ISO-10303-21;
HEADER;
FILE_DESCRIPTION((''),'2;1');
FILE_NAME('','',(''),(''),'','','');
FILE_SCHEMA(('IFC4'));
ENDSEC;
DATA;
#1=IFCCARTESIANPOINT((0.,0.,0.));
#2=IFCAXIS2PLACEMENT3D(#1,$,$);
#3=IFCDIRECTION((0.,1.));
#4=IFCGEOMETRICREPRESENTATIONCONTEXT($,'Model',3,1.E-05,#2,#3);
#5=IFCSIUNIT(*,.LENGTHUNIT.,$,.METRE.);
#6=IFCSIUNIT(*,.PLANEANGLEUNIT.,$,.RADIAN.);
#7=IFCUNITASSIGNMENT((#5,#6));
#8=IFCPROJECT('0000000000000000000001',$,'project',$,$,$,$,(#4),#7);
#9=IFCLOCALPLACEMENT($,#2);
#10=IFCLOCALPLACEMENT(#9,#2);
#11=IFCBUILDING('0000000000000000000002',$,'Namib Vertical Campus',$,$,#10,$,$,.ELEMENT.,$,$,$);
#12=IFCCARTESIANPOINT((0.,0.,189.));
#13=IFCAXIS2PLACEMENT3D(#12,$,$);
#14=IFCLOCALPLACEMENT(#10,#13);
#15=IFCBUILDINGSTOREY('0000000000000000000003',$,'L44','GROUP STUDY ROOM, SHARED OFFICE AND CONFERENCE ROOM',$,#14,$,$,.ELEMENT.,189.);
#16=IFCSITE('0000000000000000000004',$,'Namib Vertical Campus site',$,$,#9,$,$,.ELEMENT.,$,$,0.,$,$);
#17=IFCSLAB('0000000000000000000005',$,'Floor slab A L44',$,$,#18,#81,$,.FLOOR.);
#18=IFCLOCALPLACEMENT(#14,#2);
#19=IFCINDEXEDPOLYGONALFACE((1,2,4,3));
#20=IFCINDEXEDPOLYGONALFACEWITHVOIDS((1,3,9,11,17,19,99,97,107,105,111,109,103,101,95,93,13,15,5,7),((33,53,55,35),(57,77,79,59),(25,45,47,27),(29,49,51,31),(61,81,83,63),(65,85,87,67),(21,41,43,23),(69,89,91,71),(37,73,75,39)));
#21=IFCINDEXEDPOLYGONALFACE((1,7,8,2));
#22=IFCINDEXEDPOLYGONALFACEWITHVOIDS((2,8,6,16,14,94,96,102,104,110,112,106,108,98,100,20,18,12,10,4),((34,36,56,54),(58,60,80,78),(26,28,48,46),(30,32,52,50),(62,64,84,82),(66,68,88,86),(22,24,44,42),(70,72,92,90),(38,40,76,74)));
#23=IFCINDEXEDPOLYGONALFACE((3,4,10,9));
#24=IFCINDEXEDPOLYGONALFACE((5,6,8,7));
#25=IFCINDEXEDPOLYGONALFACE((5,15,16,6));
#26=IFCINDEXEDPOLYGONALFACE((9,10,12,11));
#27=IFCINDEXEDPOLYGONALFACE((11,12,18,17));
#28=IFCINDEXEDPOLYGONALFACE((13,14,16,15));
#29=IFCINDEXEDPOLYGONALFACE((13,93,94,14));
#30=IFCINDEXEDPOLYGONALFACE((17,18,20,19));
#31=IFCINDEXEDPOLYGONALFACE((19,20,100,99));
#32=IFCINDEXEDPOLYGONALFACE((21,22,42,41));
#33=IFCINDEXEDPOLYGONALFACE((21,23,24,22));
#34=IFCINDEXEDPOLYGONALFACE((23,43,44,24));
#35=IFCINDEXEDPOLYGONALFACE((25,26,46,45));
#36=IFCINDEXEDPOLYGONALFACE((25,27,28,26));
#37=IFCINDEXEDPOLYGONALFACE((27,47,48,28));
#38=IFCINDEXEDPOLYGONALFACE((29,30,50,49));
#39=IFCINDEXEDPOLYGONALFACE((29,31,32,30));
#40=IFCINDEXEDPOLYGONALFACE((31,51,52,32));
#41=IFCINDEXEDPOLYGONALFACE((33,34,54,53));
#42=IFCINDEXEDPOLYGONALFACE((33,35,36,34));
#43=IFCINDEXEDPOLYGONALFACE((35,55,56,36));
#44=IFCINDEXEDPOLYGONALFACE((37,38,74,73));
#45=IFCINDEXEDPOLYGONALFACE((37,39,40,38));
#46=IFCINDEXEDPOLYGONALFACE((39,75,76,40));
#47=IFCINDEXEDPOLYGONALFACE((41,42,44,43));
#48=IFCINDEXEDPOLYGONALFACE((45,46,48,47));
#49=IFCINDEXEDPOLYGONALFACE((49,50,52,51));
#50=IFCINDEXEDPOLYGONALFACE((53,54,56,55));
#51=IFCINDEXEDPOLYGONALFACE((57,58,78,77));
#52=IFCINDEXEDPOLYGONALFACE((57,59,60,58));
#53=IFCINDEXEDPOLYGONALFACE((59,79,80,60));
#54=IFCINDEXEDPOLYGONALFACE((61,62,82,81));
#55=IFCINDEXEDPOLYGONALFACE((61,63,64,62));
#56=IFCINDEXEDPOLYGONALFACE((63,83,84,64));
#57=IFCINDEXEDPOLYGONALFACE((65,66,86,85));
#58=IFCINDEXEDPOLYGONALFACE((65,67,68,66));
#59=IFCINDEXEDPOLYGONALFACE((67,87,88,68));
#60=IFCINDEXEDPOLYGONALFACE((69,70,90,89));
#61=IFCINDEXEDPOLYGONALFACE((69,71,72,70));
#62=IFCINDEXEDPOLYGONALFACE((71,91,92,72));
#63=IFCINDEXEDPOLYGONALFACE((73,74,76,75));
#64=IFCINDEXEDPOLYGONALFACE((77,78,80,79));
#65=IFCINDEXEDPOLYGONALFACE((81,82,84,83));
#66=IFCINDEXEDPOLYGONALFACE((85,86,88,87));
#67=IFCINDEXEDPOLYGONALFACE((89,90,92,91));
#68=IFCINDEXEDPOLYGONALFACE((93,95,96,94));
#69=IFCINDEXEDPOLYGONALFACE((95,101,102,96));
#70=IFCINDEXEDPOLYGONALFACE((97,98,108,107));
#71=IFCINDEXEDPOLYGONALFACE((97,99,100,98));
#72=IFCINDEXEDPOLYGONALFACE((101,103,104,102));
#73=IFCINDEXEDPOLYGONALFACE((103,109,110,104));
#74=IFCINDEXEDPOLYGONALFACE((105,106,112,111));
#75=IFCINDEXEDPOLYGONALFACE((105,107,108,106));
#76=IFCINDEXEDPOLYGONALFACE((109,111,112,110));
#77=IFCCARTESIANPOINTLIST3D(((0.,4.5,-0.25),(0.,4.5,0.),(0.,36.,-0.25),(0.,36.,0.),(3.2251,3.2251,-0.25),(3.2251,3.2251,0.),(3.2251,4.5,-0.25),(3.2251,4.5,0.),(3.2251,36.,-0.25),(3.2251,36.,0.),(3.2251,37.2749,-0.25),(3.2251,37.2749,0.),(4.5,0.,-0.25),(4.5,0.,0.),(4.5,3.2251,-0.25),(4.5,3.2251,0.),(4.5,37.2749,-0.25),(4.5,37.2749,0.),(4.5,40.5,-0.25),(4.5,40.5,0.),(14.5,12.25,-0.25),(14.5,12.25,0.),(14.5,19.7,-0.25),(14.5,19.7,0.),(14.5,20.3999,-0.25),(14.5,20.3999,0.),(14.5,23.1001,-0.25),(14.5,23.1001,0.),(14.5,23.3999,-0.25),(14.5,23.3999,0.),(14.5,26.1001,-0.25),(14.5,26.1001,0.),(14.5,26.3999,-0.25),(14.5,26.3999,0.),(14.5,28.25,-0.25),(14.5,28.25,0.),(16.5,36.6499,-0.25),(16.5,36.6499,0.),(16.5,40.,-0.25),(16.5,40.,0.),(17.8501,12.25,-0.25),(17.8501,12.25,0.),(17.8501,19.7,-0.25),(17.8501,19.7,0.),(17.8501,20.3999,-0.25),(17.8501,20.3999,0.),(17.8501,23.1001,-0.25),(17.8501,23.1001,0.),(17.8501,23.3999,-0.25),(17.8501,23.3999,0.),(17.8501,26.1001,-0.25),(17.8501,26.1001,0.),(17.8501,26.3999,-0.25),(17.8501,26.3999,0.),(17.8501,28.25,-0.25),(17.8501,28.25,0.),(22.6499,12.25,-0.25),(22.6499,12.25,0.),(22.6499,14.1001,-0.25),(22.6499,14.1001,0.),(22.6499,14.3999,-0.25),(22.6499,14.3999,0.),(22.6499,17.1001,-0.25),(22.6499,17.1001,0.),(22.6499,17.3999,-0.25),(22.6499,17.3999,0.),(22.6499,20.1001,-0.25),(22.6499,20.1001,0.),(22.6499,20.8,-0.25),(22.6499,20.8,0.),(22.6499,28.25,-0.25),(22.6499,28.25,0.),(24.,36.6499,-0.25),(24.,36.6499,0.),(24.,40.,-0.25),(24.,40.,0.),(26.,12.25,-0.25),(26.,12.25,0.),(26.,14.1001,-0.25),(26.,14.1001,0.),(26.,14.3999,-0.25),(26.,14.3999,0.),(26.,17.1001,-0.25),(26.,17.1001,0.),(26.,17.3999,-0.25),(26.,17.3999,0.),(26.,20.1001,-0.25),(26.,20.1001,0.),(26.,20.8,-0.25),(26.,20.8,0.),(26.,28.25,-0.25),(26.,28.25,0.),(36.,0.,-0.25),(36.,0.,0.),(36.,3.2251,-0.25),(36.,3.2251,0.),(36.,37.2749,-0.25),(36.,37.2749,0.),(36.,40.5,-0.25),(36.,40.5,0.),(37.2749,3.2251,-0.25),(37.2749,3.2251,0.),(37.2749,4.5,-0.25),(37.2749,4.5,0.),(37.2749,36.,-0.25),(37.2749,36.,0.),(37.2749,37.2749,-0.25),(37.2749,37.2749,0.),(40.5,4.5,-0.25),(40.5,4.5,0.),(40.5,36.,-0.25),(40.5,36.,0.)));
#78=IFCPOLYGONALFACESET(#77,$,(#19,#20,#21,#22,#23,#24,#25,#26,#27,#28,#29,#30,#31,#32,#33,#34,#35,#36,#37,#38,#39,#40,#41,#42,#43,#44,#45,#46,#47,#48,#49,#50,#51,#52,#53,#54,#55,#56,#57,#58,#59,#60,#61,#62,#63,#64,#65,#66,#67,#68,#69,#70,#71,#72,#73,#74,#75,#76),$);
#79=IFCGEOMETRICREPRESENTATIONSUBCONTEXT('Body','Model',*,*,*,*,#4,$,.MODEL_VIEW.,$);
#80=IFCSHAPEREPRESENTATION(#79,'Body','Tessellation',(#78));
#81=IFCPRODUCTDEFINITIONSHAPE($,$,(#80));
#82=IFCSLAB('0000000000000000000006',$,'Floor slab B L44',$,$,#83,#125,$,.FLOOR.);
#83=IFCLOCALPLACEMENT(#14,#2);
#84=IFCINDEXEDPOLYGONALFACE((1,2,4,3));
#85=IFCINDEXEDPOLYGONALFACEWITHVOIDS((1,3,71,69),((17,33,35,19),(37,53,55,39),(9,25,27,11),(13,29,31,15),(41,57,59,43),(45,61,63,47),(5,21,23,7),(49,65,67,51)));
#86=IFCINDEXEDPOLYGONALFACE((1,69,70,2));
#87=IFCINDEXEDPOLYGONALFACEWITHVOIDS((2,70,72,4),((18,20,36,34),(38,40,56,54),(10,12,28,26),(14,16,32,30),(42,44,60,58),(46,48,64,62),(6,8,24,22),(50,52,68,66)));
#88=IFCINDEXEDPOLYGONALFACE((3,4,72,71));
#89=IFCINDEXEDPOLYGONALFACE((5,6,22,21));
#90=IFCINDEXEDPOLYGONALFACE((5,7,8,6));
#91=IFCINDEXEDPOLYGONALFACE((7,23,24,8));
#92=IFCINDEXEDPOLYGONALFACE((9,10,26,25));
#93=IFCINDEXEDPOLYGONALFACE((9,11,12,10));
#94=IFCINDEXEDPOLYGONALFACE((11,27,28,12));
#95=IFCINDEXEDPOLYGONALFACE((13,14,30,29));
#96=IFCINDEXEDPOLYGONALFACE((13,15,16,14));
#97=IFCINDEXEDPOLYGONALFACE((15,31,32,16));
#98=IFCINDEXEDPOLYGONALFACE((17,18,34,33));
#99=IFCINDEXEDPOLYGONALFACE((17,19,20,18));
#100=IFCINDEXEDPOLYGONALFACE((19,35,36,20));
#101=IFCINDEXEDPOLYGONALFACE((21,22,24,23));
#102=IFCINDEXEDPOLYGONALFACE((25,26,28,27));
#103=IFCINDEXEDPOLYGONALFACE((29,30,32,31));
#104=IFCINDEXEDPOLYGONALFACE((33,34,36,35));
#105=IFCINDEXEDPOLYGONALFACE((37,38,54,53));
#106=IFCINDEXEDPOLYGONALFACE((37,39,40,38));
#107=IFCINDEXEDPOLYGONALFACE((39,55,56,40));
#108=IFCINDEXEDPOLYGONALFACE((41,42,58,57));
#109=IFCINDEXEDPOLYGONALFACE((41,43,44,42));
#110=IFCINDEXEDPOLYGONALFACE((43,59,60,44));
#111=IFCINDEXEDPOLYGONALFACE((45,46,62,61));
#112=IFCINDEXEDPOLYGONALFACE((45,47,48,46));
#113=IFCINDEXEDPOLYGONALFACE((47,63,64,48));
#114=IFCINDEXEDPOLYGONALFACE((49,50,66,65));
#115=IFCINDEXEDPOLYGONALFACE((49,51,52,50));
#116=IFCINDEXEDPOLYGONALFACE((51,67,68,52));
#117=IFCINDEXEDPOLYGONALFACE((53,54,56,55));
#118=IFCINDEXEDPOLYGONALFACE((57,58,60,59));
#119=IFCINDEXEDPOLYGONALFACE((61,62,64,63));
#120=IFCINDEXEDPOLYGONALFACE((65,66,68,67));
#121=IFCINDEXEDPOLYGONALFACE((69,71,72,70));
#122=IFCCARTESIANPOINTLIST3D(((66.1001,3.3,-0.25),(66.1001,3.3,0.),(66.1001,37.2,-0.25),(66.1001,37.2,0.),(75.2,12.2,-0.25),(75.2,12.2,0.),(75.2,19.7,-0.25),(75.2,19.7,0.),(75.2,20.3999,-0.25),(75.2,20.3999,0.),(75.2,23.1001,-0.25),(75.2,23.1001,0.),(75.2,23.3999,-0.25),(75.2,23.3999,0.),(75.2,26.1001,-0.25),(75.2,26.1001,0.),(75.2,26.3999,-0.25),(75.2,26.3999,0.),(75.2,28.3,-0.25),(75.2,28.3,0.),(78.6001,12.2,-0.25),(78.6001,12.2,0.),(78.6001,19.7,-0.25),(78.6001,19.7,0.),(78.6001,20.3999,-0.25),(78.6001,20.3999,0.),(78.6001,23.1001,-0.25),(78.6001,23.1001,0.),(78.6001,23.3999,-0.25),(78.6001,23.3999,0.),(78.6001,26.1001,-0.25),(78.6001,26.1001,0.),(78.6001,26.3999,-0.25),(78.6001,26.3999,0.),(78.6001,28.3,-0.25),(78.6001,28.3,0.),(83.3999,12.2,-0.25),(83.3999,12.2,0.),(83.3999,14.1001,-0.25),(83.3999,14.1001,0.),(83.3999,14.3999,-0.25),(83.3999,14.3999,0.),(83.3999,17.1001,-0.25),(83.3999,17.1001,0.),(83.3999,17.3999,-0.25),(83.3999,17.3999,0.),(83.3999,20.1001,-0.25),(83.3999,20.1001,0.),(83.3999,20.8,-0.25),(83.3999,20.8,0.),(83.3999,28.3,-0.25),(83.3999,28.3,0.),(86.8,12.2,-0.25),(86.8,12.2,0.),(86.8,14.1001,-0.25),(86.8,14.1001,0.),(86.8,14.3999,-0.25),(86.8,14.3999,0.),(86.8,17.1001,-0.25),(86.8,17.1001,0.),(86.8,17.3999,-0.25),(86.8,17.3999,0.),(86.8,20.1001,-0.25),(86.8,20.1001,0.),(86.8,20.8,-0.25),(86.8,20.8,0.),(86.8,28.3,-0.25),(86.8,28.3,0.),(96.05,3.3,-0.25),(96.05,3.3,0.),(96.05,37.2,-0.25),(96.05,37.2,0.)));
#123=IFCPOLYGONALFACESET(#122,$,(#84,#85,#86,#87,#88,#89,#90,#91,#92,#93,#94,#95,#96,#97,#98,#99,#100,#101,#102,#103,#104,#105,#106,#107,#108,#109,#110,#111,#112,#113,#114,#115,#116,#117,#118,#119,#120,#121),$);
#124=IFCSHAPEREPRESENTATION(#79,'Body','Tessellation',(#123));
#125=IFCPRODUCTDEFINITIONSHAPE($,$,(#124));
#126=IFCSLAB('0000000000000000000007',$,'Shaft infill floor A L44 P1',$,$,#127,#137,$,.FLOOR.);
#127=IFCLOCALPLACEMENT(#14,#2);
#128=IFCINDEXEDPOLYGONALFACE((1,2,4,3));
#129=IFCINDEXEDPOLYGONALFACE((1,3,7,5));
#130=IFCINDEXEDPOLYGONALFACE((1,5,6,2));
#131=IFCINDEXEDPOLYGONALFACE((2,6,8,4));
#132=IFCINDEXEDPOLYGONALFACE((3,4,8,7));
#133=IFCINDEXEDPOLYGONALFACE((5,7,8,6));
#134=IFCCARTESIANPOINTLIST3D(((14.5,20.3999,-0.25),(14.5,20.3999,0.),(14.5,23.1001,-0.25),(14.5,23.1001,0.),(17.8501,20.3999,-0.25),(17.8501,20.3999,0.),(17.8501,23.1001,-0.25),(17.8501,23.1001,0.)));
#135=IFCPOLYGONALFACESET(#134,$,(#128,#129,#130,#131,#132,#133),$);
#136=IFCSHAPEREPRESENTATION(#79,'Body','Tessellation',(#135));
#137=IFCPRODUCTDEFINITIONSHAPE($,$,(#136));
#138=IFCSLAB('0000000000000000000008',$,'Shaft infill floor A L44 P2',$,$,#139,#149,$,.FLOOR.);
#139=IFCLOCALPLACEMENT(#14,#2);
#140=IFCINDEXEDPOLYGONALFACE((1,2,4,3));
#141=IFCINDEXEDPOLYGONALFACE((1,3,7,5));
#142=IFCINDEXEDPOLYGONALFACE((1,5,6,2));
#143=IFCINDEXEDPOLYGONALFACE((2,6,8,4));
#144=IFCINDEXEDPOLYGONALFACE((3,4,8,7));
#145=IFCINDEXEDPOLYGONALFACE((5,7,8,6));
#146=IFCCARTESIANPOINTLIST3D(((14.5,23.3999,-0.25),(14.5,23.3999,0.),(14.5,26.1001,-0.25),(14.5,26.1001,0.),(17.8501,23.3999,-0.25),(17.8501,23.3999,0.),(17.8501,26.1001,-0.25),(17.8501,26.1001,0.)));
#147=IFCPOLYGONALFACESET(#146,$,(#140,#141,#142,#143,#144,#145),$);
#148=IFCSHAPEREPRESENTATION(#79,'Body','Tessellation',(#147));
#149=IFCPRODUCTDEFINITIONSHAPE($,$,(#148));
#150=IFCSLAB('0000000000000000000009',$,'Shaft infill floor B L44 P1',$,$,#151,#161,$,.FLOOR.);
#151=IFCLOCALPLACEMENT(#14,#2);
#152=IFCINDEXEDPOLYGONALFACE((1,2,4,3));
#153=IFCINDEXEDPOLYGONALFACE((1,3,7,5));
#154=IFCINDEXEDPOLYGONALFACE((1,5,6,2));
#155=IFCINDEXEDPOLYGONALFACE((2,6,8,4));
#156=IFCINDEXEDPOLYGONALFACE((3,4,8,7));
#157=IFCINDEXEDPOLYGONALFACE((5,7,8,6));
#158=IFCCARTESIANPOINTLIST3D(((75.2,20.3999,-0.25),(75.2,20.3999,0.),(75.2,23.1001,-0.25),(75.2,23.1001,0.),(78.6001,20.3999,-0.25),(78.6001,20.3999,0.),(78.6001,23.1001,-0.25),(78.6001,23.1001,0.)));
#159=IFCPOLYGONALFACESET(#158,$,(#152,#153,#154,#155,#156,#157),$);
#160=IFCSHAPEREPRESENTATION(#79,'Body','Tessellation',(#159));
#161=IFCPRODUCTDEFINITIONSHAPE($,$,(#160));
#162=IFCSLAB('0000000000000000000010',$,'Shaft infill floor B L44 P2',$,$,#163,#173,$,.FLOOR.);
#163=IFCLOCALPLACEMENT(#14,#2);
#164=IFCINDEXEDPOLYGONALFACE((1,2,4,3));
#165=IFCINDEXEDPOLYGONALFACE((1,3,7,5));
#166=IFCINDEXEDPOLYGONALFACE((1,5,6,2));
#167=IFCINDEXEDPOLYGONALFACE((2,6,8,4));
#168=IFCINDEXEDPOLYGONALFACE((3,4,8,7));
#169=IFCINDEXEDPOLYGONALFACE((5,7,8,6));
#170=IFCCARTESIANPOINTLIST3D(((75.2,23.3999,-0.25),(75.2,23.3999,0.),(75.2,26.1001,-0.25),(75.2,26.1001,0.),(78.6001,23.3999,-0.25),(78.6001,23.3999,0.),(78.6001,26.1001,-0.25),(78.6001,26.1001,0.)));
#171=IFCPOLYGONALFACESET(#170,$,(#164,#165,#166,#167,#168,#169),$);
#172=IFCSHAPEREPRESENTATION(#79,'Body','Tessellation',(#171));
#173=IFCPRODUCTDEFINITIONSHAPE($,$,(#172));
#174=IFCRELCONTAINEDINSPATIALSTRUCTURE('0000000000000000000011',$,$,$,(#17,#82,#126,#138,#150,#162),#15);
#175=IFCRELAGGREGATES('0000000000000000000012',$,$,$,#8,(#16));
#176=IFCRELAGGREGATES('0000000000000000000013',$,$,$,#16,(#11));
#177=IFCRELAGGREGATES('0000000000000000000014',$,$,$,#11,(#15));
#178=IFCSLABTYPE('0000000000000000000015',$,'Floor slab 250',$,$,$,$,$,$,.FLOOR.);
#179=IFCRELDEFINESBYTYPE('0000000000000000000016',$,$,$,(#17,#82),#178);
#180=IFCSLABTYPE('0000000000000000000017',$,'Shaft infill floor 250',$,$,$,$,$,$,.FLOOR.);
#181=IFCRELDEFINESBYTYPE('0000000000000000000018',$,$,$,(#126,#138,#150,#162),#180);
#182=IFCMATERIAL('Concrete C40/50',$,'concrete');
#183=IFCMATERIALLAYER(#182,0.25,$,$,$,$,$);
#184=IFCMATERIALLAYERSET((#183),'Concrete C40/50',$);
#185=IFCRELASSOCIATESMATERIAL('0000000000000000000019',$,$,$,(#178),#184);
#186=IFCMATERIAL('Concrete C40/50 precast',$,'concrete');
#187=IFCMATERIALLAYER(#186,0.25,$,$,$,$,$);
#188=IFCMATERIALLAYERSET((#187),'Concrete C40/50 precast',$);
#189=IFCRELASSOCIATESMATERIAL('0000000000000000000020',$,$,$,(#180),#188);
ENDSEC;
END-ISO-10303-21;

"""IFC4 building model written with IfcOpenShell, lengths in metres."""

from ifc_helpers import new_model, si_unit, direction, frame, origin, place, context, subcontext, project, spatial, polyline, outline, extrude, material, layer, layer_set, type_object, element, save


model = new_model("IFC4")

# Units and contexts
model_context = context("Model", 3, precision=1e-05, world=origin(), true_north=direction((0.0, 1.0)))
body_context = subcontext(model_context, "Body", "Model", "MODEL_VIEW")
ifc_project = project(units=[si_unit("LENGTHUNIT", "METRE"), si_unit("PLANEANGLEUNIT", "RADIAN")], contexts=[model_context])

# Site, building, storey
site_placement = place(None, origin())
site = spatial("IfcSite", under=ifc_project, at=site_placement, Name="Namib Vertical Campus site", CompositionType="ELEMENT", RefElevation=0.0)
building_placement = place(site_placement, origin())
building = spatial("IfcBuilding", under=site, at=building_placement, Name="Namib Vertical Campus", CompositionType="ELEMENT")
storey_placement = place(building_placement, frame((0.0, 0.0, 189.0)))
storey = spatial("IfcBuildingStorey", under=building, at=storey_placement, Name="L44", Description="GROUP STUDY ROOM, SHARED OFFICE AND CONFERENCE ROOM", CompositionType="ELEMENT", Elevation=189.0)

# Slabs
ifc_material_1 = material(Name="Concrete C40/50", Category="concrete")
ifc_layer_1 = layer(ifc_material_1, 0.25)
ifc_layer_set_1 = layer_set([ifc_layer_1], Name="Concrete C40/50")
slab_type_1 = type_object("IfcSlabType", Name="Floor slab 250", PredefinedType="FLOOR", material=ifc_layer_set_1)
slab_1_placement = place(storey_placement, frame((0.0, 0.0, -0.25)))
element("IfcSlab", 1, at=slab_1_placement, inside=storey, type_object=slab_type_1, Name="Floor slab A L44", PredefinedType="FLOOR", context=body_context, shape_type="SweptSolid", body=[
    extrude(outline(polyline([(4.5, 0.0), (36.0, 0.0), (36.0, 3.2251), (37.2749, 3.2251), (37.2749, 4.5), (40.5, 4.5), (40.5, 36.0), (37.2749, 36.0), (37.2749, 37.2749), (36.0, 37.2749), (36.0, 40.5), (4.5, 40.5), (4.5, 37.2749), (3.2251, 37.2749), (3.2251, 36.0), (0.0, 36.0), (0.0, 4.5), (3.2251, 4.5), (3.2251, 3.2251), (4.5, 3.2251), (4.5, 0.0)]), holes=[polyline([(14.5, 12.25), (17.8501, 12.25), (17.8501, 19.7), (14.5, 19.7), (14.5, 12.25)]), polyline([(22.6499, 20.8), (26.0, 20.8), (26.0, 28.25), (22.6499, 28.25), (22.6499, 20.8)]), polyline([(22.6499, 12.25), (26.0, 12.25), (26.0, 14.1001), (22.6499, 14.1001), (22.6499, 12.25)]), polyline([(14.5, 20.3999), (17.8501, 20.3999), (17.8501, 23.1001), (14.5, 23.1001), (14.5, 20.3999)]), polyline([(14.5, 23.3999), (17.8501, 23.3999), (17.8501, 26.1001), (14.5, 26.1001), (14.5, 23.3999)]), polyline([(14.5, 26.3999), (17.8501, 26.3999), (17.8501, 28.25), (14.5, 28.25), (14.5, 26.3999)]), polyline([(22.6499, 14.3999), (26.0, 14.3999), (26.0, 17.1001), (22.6499, 17.1001), (22.6499, 14.3999)]), polyline([(22.6499, 17.3999), (26.0, 17.3999), (26.0, 20.1001), (22.6499, 20.1001), (22.6499, 17.3999)]), polyline([(16.5, 36.6499), (24.0, 36.6499), (24.0, 40.0), (16.5, 40.0), (16.5, 36.6499)])]), origin(), (0.0, 0.0, 1.0), 0.25),
])
slab_2_placement = place(storey_placement, frame((0.0, 0.0, -0.25)))
element("IfcSlab", 2, at=slab_2_placement, inside=storey, type_object=slab_type_1, Name="Floor slab B L44", PredefinedType="FLOOR", context=body_context, shape_type="SweptSolid", body=[
    extrude(outline(polyline([(66.1001, 3.3), (96.05, 3.3), (96.05, 37.2), (66.1001, 37.2), (66.1001, 3.3)]), holes=[polyline([(75.2, 12.2), (78.6001, 12.2), (78.6001, 19.7), (75.2, 19.7), (75.2, 12.2)]), polyline([(83.3999, 20.8), (86.8, 20.8), (86.8, 28.3), (83.3999, 28.3), (83.3999, 20.8)]), polyline([(83.3999, 12.2), (86.8, 12.2), (86.8, 14.1001), (83.3999, 14.1001), (83.3999, 12.2)]), polyline([(75.2, 20.3999), (78.6001, 20.3999), (78.6001, 23.1001), (75.2, 23.1001), (75.2, 20.3999)]), polyline([(75.2, 23.3999), (78.6001, 23.3999), (78.6001, 26.1001), (75.2, 26.1001), (75.2, 23.3999)]), polyline([(75.2, 26.3999), (78.6001, 26.3999), (78.6001, 28.3), (75.2, 28.3), (75.2, 26.3999)]), polyline([(83.3999, 14.3999), (86.8, 14.3999), (86.8, 17.1001), (83.3999, 17.1001), (83.3999, 14.3999)]), polyline([(83.3999, 17.3999), (86.8, 17.3999), (86.8, 20.1001), (83.3999, 20.1001), (83.3999, 17.3999)])]), origin(), (0.0, 0.0, 1.0), 0.25),
])
ifc_material_2 = material(Name="Concrete C40/50 precast", Category="concrete")
ifc_layer_2 = layer(ifc_material_2, 0.25)
ifc_layer_set_2 = layer_set([ifc_layer_2], Name="Concrete C40/50 precast")
slab_type_2 = type_object("IfcSlabType", Name="Shaft infill floor 250", PredefinedType="FLOOR", material=ifc_layer_set_2)
slab_3_placement = place(storey_placement, frame((0.0, 0.0, -0.25)))
element("IfcSlab", 3, at=slab_3_placement, inside=storey, type_object=slab_type_2, Name="Shaft infill floor A L44 P1", PredefinedType="FLOOR", context=body_context, shape_type="SweptSolid", body=[
    extrude(outline(polyline([(14.5, 20.3999), (17.8501, 20.3999), (17.8501, 23.1001), (14.5, 23.1001), (14.5, 20.3999)])), origin(), (0.0, 0.0, 1.0), 0.25),
])
slab_4_placement = place(storey_placement, frame((0.0, 0.0, -0.25)))
element("IfcSlab", 4, at=slab_4_placement, inside=storey, type_object=slab_type_2, Name="Shaft infill floor A L44 P2", PredefinedType="FLOOR", context=body_context, shape_type="SweptSolid", body=[
    extrude(outline(polyline([(14.5, 23.3999), (17.8501, 23.3999), (17.8501, 26.1001), (14.5, 26.1001), (14.5, 23.3999)])), origin(), (0.0, 0.0, 1.0), 0.25),
])
slab_5_placement = place(storey_placement, frame((0.0, 0.0, -0.25)))
element("IfcSlab", 5, at=slab_5_placement, inside=storey, type_object=slab_type_2, Name="Shaft infill floor B L44 P1", PredefinedType="FLOOR", context=body_context, shape_type="SweptSolid", body=[
    extrude(outline(polyline([(75.2, 20.3999), (78.6001, 20.3999), (78.6001, 23.1001), (75.2, 23.1001), (75.2, 20.3999)])), origin(), (0.0, 0.0, 1.0), 0.25),
])
slab_6_placement = place(storey_placement, frame((0.0, 0.0, -0.25)))
element("IfcSlab", 6, at=slab_6_placement, inside=storey, type_object=slab_type_2, Name="Shaft infill floor B L44 P2", PredefinedType="FLOOR", context=body_context, shape_type="SweptSolid", body=[
    extrude(outline(polyline([(75.2, 23.3999), (78.6001, 23.3999), (78.6001, 26.1001), (75.2, 26.1001), (75.2, 23.3999)])), origin(), (0.0, 0.0, 1.0), 0.25),
])

save(model, "model.ifc")
